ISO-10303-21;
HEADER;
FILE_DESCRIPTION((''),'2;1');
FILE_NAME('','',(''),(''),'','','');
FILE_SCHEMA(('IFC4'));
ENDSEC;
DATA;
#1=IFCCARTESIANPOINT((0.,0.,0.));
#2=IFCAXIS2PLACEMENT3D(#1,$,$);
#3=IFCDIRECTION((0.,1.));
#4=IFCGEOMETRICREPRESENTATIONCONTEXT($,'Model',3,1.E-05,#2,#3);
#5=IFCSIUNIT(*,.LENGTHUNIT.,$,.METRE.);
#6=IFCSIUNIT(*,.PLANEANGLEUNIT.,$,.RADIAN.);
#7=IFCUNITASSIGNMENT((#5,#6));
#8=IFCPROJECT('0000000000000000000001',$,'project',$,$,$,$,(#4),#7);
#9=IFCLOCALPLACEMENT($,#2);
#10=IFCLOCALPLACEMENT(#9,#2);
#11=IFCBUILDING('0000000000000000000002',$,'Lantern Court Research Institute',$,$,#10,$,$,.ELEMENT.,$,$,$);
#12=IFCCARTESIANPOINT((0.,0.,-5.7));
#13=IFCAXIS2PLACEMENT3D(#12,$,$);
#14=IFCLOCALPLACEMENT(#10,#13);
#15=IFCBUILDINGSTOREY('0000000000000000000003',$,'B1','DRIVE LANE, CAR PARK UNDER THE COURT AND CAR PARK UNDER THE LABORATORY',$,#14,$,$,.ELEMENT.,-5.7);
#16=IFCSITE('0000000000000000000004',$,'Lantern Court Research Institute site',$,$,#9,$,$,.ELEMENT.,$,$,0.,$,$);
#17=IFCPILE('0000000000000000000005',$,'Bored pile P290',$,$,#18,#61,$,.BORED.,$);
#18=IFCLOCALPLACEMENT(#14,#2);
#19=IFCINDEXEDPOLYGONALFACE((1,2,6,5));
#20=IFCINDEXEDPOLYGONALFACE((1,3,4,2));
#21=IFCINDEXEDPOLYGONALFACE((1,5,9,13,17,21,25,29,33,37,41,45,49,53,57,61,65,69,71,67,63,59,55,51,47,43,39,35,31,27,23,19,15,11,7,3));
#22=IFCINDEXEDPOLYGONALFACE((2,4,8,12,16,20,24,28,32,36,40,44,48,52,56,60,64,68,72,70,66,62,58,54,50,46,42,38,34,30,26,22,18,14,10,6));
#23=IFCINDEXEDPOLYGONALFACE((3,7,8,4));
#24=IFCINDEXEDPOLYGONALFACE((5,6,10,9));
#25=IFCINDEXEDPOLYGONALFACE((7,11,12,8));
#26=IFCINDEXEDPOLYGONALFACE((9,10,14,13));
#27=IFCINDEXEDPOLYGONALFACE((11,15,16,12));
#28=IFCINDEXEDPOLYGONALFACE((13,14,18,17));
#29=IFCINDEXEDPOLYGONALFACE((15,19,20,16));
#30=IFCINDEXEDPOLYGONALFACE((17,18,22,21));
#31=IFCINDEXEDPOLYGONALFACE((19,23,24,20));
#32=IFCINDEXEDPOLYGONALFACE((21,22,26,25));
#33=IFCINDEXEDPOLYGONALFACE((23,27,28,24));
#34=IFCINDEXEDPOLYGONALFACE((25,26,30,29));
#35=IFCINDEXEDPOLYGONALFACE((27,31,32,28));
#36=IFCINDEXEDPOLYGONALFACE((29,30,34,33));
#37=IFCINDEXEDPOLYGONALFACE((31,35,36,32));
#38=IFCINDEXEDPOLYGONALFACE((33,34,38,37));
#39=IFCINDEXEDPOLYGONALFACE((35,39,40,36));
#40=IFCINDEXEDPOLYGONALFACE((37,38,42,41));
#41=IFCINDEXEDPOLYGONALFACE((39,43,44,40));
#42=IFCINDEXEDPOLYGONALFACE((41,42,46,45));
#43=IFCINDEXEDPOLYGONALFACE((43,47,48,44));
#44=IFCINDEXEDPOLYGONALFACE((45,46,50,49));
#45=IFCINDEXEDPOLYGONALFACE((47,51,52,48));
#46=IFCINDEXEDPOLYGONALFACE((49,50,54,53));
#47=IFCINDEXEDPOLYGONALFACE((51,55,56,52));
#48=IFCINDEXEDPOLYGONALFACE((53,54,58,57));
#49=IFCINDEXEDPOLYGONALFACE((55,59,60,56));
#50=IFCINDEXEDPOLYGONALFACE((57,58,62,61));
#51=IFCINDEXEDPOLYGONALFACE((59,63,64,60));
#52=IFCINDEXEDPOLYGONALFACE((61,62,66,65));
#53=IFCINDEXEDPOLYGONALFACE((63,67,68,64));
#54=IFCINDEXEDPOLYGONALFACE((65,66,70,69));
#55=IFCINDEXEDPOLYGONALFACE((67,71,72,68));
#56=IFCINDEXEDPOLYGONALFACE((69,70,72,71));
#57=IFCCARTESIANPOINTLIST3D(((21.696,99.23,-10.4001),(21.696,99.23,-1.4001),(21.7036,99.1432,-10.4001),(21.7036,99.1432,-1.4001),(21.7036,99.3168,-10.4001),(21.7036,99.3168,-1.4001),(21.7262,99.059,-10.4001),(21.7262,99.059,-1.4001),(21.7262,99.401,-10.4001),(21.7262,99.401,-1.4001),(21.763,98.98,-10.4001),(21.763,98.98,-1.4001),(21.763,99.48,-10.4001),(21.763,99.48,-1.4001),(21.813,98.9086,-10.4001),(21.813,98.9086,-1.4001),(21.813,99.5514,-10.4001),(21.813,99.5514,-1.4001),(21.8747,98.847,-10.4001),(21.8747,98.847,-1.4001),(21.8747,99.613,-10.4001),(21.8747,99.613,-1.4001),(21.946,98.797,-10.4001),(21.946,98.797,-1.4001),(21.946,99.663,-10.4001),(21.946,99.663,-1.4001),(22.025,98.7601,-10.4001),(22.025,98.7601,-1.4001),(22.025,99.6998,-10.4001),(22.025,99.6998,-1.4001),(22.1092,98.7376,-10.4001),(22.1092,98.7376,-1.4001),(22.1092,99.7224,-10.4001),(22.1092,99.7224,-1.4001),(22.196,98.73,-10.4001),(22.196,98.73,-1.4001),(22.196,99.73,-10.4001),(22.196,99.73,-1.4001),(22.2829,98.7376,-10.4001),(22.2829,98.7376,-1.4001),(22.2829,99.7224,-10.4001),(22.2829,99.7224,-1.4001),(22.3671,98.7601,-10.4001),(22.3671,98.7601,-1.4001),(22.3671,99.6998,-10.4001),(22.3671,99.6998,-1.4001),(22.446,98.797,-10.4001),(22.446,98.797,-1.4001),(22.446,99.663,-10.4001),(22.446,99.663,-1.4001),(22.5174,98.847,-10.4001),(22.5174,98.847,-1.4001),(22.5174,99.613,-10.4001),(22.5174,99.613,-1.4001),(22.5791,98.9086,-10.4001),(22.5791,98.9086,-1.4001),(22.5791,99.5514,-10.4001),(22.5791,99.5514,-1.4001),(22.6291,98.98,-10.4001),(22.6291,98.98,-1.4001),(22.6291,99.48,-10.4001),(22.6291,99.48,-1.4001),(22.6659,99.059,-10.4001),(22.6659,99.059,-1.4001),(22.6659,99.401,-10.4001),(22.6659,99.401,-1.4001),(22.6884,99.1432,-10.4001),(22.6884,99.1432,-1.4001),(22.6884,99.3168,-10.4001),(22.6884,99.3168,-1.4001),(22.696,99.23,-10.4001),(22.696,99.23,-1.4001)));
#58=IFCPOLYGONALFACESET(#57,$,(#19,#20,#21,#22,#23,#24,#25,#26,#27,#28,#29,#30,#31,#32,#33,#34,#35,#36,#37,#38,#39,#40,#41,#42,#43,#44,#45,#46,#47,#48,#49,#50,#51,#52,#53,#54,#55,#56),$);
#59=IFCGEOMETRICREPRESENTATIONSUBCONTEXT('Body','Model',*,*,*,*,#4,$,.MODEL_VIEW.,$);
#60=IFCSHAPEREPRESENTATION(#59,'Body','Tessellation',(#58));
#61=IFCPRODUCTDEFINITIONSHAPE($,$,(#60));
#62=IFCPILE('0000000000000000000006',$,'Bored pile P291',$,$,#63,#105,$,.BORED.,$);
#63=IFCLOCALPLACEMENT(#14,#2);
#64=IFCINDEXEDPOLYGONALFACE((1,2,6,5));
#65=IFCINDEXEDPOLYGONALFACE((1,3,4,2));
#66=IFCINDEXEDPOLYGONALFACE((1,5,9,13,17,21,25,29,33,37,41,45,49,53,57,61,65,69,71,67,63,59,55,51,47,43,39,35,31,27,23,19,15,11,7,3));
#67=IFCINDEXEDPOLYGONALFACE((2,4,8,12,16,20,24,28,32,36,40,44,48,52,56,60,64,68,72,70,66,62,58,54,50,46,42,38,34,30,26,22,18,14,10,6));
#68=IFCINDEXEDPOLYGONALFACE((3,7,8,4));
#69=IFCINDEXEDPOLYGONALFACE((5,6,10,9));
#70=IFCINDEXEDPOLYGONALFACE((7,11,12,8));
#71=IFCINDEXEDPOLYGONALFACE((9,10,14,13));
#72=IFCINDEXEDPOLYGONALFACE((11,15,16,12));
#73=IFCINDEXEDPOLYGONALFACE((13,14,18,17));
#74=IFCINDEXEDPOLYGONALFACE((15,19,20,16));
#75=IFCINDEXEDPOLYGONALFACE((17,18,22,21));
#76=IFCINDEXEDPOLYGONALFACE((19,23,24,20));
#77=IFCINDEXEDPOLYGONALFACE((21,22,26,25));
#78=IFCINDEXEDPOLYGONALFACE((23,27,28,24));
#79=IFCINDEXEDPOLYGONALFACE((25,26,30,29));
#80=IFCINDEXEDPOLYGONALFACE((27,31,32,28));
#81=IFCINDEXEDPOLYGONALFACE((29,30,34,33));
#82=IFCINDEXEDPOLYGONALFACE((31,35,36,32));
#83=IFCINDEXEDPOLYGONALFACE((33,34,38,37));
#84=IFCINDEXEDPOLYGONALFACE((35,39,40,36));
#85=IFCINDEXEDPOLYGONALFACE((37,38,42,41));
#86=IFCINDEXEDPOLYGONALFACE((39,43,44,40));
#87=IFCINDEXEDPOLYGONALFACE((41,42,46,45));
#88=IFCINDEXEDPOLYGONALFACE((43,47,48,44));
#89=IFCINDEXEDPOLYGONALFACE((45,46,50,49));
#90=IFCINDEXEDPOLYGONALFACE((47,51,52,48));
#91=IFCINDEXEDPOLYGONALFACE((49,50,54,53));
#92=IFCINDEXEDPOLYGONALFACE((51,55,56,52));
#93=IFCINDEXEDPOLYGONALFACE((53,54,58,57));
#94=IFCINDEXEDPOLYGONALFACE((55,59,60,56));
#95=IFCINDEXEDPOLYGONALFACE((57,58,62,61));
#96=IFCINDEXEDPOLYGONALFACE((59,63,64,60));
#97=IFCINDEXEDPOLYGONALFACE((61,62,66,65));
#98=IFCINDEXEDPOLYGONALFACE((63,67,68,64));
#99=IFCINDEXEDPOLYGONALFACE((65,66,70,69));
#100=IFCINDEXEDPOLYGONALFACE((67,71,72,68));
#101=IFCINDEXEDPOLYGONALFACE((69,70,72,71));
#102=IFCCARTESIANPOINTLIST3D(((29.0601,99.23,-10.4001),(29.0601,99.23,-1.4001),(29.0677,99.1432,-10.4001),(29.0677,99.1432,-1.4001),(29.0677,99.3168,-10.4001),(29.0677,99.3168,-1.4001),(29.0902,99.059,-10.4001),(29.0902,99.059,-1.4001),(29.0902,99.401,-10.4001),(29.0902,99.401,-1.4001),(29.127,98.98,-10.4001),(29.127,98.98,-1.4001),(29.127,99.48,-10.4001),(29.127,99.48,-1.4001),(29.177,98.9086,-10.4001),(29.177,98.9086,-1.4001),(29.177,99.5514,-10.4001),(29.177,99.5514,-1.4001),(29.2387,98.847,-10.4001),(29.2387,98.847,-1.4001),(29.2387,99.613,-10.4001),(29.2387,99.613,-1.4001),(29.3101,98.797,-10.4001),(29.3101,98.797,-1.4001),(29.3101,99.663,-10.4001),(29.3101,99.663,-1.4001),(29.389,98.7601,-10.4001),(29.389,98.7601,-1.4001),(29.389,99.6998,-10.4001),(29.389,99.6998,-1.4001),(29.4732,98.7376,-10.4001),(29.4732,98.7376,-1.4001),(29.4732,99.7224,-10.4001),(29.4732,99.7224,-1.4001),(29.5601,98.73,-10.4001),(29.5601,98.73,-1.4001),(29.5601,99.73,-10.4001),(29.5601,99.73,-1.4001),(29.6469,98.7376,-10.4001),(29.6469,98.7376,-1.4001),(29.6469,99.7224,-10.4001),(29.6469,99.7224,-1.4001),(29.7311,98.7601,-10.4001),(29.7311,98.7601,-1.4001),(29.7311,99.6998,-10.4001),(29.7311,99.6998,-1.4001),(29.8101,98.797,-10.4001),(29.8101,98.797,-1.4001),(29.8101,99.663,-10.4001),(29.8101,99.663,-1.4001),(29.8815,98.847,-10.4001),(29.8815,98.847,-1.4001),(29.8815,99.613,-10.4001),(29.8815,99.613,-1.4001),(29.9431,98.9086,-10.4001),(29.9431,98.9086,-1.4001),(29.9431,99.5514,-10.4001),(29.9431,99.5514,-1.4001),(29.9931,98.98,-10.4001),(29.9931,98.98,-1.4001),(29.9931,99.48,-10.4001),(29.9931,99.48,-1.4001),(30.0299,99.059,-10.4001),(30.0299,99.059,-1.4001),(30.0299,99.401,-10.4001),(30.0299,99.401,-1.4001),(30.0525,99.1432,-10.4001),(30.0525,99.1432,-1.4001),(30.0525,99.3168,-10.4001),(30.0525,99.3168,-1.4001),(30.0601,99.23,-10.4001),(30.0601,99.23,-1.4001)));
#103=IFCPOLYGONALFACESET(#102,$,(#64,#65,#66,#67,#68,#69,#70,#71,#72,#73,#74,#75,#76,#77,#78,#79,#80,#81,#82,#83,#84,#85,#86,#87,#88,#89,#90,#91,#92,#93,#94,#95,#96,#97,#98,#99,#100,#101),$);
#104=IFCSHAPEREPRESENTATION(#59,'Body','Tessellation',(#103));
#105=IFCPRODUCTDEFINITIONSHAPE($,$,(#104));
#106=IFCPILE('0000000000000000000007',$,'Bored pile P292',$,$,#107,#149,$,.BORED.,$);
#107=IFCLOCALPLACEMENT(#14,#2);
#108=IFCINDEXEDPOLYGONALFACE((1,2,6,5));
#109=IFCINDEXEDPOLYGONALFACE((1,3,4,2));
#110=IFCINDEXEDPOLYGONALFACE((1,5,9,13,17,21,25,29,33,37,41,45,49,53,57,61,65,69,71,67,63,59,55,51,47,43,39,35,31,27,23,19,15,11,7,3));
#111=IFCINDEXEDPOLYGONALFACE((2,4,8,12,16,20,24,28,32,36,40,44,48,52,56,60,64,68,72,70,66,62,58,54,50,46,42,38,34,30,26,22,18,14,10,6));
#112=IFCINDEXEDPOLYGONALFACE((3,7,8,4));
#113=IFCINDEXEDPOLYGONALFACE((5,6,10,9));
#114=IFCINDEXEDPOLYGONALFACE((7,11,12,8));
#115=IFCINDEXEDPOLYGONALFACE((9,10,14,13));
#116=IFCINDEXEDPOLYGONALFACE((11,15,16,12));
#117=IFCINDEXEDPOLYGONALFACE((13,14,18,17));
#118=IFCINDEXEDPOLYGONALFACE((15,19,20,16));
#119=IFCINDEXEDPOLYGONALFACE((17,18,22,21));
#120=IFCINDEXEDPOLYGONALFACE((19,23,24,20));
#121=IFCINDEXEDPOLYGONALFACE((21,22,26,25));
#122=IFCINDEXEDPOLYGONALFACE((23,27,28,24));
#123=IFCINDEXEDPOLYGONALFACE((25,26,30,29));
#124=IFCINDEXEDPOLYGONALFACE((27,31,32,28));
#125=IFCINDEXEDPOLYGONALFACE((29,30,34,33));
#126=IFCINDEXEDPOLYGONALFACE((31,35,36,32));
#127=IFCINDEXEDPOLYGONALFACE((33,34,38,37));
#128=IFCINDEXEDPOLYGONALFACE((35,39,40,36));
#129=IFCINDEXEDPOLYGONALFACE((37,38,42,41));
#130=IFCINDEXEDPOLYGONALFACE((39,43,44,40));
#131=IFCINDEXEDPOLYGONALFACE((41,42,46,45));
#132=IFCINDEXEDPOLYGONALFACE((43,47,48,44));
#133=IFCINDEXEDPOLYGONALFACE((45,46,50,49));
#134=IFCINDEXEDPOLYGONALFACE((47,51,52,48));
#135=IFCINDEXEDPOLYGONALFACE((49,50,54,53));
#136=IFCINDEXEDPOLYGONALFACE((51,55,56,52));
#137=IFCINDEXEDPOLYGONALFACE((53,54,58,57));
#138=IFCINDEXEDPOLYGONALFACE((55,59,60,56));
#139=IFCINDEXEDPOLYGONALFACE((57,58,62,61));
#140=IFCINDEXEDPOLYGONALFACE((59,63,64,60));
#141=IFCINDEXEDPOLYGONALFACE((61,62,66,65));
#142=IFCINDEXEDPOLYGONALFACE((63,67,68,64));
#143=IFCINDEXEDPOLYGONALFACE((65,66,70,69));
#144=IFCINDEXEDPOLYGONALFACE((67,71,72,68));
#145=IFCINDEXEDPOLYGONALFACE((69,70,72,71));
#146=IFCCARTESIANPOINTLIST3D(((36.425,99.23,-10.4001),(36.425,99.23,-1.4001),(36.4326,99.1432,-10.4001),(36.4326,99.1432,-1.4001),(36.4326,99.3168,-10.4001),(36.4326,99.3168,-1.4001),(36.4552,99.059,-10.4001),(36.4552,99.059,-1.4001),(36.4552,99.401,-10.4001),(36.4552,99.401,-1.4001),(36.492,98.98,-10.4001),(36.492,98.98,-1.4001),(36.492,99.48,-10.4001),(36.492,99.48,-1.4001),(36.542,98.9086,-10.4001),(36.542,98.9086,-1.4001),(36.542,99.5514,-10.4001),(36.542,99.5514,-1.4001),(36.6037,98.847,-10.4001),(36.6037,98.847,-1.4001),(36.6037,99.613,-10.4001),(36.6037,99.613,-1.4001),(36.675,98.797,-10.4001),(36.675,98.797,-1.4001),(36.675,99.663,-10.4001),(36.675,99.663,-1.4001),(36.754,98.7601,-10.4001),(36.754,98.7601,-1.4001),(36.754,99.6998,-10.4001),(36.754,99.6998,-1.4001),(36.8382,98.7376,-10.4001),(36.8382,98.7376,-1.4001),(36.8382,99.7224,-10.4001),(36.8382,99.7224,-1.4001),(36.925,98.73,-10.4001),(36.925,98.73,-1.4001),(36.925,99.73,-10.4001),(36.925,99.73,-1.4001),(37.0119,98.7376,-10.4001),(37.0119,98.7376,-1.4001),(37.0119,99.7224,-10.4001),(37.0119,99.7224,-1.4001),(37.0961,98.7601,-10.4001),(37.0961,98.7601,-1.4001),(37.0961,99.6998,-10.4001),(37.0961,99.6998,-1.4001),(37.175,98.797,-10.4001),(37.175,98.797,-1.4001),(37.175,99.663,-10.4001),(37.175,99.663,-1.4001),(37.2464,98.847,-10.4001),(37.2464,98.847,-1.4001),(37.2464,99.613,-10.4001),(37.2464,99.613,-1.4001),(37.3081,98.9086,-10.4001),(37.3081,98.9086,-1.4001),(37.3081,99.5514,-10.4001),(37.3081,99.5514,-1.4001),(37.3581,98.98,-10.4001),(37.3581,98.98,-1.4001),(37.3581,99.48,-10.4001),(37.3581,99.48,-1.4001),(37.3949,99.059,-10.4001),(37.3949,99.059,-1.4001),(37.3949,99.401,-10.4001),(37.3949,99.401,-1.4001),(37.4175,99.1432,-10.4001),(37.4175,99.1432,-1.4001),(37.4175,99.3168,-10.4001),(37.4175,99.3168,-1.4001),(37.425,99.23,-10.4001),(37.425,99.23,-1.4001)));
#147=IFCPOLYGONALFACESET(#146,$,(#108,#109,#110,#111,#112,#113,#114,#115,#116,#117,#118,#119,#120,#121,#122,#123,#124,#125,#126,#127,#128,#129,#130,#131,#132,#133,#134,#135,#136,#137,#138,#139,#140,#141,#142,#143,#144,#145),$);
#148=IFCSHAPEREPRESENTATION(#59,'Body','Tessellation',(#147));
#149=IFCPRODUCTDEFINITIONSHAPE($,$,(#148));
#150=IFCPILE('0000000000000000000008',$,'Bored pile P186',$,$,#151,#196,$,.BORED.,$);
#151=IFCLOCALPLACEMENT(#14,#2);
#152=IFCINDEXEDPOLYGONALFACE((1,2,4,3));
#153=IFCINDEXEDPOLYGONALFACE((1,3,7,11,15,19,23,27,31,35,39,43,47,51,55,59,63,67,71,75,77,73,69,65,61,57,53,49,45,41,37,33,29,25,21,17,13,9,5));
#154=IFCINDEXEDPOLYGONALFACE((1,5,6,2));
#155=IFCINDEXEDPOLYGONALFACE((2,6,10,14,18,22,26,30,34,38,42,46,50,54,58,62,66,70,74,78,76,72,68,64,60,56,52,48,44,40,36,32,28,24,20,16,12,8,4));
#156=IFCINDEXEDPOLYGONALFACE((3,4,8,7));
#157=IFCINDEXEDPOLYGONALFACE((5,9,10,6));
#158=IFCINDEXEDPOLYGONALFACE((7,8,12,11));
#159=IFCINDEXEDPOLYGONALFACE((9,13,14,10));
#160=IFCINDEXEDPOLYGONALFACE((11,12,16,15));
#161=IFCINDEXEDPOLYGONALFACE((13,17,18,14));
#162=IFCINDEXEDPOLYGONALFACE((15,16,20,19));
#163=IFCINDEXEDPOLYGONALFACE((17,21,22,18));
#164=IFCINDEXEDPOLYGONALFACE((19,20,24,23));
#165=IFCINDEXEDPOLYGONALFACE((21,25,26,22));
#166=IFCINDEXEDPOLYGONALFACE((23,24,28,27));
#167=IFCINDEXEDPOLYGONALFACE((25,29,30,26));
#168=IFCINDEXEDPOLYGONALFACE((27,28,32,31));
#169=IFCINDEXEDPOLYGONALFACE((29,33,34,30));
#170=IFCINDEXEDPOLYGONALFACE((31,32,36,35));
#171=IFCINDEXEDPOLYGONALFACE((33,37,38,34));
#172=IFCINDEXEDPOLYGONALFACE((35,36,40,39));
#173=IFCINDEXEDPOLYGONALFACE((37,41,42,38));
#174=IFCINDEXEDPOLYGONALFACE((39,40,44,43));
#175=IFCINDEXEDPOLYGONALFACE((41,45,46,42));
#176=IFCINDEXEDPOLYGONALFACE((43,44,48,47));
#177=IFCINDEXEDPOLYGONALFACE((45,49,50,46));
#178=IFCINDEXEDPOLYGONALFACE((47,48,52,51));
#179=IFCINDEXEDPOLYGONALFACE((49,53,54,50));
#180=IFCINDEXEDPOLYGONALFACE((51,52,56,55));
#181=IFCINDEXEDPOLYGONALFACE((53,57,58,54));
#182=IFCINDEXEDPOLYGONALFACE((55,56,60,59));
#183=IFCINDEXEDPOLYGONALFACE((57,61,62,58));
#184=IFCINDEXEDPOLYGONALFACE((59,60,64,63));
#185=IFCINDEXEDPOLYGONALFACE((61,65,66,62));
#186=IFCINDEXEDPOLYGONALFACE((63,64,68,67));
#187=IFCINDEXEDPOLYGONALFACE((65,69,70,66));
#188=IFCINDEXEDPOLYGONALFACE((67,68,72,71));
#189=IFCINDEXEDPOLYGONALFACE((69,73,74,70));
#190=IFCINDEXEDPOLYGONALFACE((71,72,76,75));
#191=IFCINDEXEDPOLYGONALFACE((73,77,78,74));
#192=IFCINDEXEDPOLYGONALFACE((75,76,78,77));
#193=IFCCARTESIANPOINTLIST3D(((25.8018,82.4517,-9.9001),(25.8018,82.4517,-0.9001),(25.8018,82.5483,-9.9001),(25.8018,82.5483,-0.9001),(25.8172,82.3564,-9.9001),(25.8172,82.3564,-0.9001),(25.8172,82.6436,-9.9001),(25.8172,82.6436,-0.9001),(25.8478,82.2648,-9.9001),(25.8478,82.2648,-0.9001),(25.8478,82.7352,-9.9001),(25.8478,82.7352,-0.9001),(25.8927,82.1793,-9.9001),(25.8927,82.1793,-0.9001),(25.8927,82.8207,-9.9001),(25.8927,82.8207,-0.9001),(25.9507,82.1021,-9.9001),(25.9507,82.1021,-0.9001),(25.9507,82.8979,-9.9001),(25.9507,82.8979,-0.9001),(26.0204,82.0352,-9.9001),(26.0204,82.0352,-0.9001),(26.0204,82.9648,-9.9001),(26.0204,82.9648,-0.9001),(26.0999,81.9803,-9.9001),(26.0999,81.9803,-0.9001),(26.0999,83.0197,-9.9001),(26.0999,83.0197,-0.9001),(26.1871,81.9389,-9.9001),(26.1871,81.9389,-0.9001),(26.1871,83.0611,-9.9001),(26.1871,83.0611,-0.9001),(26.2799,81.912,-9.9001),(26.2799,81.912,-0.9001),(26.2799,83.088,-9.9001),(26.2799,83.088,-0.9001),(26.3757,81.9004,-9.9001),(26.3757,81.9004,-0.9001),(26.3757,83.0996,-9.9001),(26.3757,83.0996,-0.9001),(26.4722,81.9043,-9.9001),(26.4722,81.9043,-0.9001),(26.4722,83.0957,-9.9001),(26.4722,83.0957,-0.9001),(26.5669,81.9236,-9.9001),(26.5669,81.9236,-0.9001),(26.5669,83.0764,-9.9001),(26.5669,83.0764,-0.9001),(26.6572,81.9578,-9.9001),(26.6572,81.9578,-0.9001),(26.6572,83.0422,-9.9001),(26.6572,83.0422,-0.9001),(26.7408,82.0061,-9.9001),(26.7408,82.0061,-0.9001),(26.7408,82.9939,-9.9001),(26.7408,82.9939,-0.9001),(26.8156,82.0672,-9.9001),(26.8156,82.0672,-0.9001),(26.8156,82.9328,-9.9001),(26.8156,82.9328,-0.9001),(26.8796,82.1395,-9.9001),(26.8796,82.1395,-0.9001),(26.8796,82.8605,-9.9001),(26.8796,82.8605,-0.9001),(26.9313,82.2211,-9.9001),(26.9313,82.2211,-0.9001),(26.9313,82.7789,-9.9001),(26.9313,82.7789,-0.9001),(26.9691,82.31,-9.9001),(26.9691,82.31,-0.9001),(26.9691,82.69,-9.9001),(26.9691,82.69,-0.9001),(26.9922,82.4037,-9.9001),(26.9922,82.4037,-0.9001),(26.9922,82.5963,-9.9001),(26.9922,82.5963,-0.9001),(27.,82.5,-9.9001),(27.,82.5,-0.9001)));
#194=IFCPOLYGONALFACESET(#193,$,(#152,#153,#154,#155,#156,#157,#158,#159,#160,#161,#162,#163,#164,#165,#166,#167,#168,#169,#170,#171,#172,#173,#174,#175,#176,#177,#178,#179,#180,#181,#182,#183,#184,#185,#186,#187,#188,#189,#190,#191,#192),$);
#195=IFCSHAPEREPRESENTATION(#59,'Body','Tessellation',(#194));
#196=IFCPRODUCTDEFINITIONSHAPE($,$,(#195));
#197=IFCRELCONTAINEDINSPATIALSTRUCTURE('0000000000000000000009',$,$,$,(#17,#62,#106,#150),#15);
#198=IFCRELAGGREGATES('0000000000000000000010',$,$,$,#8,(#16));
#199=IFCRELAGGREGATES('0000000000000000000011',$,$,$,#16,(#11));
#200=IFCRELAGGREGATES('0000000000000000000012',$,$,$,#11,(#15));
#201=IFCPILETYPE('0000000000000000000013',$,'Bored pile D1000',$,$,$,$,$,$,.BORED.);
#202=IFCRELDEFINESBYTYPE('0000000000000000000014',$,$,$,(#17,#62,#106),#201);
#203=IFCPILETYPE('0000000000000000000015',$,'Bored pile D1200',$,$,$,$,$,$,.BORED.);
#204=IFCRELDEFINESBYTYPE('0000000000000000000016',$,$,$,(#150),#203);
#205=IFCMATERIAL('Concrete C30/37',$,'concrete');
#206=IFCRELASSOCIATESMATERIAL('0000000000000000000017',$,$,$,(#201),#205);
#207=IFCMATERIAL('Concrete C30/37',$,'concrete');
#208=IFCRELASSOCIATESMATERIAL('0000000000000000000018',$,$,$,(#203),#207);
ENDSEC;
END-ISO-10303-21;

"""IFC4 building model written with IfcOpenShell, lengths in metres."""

from ifc_helpers import new_model, si_unit, direction, frame, origin, origin_2d, place, context, subcontext, project, spatial, circle, extrude, material, material_profile, profile_set, type_object, element, save


model = new_model("IFC4")

# Units and contexts
model_context = context("Model", 3, precision=1e-05, world=origin(), true_north=direction((0.0, 1.0)))
body_context = subcontext(model_context, "Body", "Model", "MODEL_VIEW")
ifc_project = project(units=[si_unit("LENGTHUNIT", "METRE"), si_unit("PLANEANGLEUNIT", "RADIAN")], contexts=[model_context])

# Site, building, storey
site_placement = place(None, origin())
site = spatial("IfcSite", under=ifc_project, at=site_placement, Name="Lantern Court Research Institute site", CompositionType="ELEMENT", RefElevation=0.0)
building_placement = place(site_placement, origin())
building = spatial("IfcBuilding", under=site, at=building_placement, Name="Lantern Court Research Institute", CompositionType="ELEMENT")
storey_placement = place(building_placement, frame((0.0, 0.0, -5.7)))
storey = spatial("IfcBuildingStorey", under=building, at=storey_placement, Name="B1", Description="DRIVE LANE, CAR PARK UNDER THE COURT AND CAR PARK UNDER THE LABORATORY", CompositionType="ELEMENT", Elevation=-5.7)

# Piles
ifc_material_1 = material(Name="Concrete C30/37", Category="concrete")
ifc_material_profile_1 = material_profile(ifc_material_1, circle(Radius=0.5, at=origin_2d()), Name="Bored pile D1000")
ifc_profile_set_1 = profile_set([ifc_material_profile_1], Name="Concrete C30/37")
pile_type_1 = type_object("IfcPileType", Name="Bored pile D1000", PredefinedType="BORED", material=ifc_profile_set_1)
for number, where, z_axis, x_axis, name in (
    (1, (22.196, 99.23, -1.4001), (0.0, 0.0, -1.0), (1.0, 0.0, 0.0), "Bored pile P290"),
    (2, (29.5601, 99.23, -1.4001), (0.0, 0.0, -1.0), (1.0, 0.0, 0.0), "Bored pile P291"),
    (3, (36.925, 99.23, -1.4001), (0.0, 0.0, -1.0), (1.0, 0.0, 0.0), "Bored pile P292"),
):
    element("IfcPile", number, at=place(storey_placement, frame(where, z_axis=z_axis, x_axis=x_axis)), inside=storey, type_object=pile_type_1, Name=name, PredefinedType="BORED", context=body_context, shape_type="SweptSolid", body=[
        extrude(circle(Radius=0.5, at=origin_2d()), origin(), (0.0, 0.0, 1.0), 9.0),
    ])
ifc_material_2 = material(Name="Concrete C30/37", Category="concrete")
ifc_material_profile_2 = material_profile(ifc_material_2, circle(Radius=0.6001, at=origin_2d()), Name="Bored pile D1200")
ifc_profile_set_2 = profile_set([ifc_material_profile_2], Name="Concrete C30/37")
pile_type_2 = type_object("IfcPileType", Name="Bored pile D1200", PredefinedType="BORED", material=ifc_profile_set_2)
for number, where, z_axis, x_axis, name in (
    (4, (26.3999, 82.5, -0.9001), (0.0, 0.0, -1.0), (1.0, 0.0, 0.0), "Bored pile P186"),
):
    element("IfcPile", number, at=place(storey_placement, frame(where, z_axis=z_axis, x_axis=x_axis)), inside=storey, type_object=pile_type_2, Name=name, PredefinedType="BORED", context=body_context, shape_type="SweptSolid", body=[
        extrude(circle(Radius=0.6001, at=origin_2d()), origin(), (0.0, 0.0, 1.0), 9.0),
    ])

save(model, "model.ifc")
